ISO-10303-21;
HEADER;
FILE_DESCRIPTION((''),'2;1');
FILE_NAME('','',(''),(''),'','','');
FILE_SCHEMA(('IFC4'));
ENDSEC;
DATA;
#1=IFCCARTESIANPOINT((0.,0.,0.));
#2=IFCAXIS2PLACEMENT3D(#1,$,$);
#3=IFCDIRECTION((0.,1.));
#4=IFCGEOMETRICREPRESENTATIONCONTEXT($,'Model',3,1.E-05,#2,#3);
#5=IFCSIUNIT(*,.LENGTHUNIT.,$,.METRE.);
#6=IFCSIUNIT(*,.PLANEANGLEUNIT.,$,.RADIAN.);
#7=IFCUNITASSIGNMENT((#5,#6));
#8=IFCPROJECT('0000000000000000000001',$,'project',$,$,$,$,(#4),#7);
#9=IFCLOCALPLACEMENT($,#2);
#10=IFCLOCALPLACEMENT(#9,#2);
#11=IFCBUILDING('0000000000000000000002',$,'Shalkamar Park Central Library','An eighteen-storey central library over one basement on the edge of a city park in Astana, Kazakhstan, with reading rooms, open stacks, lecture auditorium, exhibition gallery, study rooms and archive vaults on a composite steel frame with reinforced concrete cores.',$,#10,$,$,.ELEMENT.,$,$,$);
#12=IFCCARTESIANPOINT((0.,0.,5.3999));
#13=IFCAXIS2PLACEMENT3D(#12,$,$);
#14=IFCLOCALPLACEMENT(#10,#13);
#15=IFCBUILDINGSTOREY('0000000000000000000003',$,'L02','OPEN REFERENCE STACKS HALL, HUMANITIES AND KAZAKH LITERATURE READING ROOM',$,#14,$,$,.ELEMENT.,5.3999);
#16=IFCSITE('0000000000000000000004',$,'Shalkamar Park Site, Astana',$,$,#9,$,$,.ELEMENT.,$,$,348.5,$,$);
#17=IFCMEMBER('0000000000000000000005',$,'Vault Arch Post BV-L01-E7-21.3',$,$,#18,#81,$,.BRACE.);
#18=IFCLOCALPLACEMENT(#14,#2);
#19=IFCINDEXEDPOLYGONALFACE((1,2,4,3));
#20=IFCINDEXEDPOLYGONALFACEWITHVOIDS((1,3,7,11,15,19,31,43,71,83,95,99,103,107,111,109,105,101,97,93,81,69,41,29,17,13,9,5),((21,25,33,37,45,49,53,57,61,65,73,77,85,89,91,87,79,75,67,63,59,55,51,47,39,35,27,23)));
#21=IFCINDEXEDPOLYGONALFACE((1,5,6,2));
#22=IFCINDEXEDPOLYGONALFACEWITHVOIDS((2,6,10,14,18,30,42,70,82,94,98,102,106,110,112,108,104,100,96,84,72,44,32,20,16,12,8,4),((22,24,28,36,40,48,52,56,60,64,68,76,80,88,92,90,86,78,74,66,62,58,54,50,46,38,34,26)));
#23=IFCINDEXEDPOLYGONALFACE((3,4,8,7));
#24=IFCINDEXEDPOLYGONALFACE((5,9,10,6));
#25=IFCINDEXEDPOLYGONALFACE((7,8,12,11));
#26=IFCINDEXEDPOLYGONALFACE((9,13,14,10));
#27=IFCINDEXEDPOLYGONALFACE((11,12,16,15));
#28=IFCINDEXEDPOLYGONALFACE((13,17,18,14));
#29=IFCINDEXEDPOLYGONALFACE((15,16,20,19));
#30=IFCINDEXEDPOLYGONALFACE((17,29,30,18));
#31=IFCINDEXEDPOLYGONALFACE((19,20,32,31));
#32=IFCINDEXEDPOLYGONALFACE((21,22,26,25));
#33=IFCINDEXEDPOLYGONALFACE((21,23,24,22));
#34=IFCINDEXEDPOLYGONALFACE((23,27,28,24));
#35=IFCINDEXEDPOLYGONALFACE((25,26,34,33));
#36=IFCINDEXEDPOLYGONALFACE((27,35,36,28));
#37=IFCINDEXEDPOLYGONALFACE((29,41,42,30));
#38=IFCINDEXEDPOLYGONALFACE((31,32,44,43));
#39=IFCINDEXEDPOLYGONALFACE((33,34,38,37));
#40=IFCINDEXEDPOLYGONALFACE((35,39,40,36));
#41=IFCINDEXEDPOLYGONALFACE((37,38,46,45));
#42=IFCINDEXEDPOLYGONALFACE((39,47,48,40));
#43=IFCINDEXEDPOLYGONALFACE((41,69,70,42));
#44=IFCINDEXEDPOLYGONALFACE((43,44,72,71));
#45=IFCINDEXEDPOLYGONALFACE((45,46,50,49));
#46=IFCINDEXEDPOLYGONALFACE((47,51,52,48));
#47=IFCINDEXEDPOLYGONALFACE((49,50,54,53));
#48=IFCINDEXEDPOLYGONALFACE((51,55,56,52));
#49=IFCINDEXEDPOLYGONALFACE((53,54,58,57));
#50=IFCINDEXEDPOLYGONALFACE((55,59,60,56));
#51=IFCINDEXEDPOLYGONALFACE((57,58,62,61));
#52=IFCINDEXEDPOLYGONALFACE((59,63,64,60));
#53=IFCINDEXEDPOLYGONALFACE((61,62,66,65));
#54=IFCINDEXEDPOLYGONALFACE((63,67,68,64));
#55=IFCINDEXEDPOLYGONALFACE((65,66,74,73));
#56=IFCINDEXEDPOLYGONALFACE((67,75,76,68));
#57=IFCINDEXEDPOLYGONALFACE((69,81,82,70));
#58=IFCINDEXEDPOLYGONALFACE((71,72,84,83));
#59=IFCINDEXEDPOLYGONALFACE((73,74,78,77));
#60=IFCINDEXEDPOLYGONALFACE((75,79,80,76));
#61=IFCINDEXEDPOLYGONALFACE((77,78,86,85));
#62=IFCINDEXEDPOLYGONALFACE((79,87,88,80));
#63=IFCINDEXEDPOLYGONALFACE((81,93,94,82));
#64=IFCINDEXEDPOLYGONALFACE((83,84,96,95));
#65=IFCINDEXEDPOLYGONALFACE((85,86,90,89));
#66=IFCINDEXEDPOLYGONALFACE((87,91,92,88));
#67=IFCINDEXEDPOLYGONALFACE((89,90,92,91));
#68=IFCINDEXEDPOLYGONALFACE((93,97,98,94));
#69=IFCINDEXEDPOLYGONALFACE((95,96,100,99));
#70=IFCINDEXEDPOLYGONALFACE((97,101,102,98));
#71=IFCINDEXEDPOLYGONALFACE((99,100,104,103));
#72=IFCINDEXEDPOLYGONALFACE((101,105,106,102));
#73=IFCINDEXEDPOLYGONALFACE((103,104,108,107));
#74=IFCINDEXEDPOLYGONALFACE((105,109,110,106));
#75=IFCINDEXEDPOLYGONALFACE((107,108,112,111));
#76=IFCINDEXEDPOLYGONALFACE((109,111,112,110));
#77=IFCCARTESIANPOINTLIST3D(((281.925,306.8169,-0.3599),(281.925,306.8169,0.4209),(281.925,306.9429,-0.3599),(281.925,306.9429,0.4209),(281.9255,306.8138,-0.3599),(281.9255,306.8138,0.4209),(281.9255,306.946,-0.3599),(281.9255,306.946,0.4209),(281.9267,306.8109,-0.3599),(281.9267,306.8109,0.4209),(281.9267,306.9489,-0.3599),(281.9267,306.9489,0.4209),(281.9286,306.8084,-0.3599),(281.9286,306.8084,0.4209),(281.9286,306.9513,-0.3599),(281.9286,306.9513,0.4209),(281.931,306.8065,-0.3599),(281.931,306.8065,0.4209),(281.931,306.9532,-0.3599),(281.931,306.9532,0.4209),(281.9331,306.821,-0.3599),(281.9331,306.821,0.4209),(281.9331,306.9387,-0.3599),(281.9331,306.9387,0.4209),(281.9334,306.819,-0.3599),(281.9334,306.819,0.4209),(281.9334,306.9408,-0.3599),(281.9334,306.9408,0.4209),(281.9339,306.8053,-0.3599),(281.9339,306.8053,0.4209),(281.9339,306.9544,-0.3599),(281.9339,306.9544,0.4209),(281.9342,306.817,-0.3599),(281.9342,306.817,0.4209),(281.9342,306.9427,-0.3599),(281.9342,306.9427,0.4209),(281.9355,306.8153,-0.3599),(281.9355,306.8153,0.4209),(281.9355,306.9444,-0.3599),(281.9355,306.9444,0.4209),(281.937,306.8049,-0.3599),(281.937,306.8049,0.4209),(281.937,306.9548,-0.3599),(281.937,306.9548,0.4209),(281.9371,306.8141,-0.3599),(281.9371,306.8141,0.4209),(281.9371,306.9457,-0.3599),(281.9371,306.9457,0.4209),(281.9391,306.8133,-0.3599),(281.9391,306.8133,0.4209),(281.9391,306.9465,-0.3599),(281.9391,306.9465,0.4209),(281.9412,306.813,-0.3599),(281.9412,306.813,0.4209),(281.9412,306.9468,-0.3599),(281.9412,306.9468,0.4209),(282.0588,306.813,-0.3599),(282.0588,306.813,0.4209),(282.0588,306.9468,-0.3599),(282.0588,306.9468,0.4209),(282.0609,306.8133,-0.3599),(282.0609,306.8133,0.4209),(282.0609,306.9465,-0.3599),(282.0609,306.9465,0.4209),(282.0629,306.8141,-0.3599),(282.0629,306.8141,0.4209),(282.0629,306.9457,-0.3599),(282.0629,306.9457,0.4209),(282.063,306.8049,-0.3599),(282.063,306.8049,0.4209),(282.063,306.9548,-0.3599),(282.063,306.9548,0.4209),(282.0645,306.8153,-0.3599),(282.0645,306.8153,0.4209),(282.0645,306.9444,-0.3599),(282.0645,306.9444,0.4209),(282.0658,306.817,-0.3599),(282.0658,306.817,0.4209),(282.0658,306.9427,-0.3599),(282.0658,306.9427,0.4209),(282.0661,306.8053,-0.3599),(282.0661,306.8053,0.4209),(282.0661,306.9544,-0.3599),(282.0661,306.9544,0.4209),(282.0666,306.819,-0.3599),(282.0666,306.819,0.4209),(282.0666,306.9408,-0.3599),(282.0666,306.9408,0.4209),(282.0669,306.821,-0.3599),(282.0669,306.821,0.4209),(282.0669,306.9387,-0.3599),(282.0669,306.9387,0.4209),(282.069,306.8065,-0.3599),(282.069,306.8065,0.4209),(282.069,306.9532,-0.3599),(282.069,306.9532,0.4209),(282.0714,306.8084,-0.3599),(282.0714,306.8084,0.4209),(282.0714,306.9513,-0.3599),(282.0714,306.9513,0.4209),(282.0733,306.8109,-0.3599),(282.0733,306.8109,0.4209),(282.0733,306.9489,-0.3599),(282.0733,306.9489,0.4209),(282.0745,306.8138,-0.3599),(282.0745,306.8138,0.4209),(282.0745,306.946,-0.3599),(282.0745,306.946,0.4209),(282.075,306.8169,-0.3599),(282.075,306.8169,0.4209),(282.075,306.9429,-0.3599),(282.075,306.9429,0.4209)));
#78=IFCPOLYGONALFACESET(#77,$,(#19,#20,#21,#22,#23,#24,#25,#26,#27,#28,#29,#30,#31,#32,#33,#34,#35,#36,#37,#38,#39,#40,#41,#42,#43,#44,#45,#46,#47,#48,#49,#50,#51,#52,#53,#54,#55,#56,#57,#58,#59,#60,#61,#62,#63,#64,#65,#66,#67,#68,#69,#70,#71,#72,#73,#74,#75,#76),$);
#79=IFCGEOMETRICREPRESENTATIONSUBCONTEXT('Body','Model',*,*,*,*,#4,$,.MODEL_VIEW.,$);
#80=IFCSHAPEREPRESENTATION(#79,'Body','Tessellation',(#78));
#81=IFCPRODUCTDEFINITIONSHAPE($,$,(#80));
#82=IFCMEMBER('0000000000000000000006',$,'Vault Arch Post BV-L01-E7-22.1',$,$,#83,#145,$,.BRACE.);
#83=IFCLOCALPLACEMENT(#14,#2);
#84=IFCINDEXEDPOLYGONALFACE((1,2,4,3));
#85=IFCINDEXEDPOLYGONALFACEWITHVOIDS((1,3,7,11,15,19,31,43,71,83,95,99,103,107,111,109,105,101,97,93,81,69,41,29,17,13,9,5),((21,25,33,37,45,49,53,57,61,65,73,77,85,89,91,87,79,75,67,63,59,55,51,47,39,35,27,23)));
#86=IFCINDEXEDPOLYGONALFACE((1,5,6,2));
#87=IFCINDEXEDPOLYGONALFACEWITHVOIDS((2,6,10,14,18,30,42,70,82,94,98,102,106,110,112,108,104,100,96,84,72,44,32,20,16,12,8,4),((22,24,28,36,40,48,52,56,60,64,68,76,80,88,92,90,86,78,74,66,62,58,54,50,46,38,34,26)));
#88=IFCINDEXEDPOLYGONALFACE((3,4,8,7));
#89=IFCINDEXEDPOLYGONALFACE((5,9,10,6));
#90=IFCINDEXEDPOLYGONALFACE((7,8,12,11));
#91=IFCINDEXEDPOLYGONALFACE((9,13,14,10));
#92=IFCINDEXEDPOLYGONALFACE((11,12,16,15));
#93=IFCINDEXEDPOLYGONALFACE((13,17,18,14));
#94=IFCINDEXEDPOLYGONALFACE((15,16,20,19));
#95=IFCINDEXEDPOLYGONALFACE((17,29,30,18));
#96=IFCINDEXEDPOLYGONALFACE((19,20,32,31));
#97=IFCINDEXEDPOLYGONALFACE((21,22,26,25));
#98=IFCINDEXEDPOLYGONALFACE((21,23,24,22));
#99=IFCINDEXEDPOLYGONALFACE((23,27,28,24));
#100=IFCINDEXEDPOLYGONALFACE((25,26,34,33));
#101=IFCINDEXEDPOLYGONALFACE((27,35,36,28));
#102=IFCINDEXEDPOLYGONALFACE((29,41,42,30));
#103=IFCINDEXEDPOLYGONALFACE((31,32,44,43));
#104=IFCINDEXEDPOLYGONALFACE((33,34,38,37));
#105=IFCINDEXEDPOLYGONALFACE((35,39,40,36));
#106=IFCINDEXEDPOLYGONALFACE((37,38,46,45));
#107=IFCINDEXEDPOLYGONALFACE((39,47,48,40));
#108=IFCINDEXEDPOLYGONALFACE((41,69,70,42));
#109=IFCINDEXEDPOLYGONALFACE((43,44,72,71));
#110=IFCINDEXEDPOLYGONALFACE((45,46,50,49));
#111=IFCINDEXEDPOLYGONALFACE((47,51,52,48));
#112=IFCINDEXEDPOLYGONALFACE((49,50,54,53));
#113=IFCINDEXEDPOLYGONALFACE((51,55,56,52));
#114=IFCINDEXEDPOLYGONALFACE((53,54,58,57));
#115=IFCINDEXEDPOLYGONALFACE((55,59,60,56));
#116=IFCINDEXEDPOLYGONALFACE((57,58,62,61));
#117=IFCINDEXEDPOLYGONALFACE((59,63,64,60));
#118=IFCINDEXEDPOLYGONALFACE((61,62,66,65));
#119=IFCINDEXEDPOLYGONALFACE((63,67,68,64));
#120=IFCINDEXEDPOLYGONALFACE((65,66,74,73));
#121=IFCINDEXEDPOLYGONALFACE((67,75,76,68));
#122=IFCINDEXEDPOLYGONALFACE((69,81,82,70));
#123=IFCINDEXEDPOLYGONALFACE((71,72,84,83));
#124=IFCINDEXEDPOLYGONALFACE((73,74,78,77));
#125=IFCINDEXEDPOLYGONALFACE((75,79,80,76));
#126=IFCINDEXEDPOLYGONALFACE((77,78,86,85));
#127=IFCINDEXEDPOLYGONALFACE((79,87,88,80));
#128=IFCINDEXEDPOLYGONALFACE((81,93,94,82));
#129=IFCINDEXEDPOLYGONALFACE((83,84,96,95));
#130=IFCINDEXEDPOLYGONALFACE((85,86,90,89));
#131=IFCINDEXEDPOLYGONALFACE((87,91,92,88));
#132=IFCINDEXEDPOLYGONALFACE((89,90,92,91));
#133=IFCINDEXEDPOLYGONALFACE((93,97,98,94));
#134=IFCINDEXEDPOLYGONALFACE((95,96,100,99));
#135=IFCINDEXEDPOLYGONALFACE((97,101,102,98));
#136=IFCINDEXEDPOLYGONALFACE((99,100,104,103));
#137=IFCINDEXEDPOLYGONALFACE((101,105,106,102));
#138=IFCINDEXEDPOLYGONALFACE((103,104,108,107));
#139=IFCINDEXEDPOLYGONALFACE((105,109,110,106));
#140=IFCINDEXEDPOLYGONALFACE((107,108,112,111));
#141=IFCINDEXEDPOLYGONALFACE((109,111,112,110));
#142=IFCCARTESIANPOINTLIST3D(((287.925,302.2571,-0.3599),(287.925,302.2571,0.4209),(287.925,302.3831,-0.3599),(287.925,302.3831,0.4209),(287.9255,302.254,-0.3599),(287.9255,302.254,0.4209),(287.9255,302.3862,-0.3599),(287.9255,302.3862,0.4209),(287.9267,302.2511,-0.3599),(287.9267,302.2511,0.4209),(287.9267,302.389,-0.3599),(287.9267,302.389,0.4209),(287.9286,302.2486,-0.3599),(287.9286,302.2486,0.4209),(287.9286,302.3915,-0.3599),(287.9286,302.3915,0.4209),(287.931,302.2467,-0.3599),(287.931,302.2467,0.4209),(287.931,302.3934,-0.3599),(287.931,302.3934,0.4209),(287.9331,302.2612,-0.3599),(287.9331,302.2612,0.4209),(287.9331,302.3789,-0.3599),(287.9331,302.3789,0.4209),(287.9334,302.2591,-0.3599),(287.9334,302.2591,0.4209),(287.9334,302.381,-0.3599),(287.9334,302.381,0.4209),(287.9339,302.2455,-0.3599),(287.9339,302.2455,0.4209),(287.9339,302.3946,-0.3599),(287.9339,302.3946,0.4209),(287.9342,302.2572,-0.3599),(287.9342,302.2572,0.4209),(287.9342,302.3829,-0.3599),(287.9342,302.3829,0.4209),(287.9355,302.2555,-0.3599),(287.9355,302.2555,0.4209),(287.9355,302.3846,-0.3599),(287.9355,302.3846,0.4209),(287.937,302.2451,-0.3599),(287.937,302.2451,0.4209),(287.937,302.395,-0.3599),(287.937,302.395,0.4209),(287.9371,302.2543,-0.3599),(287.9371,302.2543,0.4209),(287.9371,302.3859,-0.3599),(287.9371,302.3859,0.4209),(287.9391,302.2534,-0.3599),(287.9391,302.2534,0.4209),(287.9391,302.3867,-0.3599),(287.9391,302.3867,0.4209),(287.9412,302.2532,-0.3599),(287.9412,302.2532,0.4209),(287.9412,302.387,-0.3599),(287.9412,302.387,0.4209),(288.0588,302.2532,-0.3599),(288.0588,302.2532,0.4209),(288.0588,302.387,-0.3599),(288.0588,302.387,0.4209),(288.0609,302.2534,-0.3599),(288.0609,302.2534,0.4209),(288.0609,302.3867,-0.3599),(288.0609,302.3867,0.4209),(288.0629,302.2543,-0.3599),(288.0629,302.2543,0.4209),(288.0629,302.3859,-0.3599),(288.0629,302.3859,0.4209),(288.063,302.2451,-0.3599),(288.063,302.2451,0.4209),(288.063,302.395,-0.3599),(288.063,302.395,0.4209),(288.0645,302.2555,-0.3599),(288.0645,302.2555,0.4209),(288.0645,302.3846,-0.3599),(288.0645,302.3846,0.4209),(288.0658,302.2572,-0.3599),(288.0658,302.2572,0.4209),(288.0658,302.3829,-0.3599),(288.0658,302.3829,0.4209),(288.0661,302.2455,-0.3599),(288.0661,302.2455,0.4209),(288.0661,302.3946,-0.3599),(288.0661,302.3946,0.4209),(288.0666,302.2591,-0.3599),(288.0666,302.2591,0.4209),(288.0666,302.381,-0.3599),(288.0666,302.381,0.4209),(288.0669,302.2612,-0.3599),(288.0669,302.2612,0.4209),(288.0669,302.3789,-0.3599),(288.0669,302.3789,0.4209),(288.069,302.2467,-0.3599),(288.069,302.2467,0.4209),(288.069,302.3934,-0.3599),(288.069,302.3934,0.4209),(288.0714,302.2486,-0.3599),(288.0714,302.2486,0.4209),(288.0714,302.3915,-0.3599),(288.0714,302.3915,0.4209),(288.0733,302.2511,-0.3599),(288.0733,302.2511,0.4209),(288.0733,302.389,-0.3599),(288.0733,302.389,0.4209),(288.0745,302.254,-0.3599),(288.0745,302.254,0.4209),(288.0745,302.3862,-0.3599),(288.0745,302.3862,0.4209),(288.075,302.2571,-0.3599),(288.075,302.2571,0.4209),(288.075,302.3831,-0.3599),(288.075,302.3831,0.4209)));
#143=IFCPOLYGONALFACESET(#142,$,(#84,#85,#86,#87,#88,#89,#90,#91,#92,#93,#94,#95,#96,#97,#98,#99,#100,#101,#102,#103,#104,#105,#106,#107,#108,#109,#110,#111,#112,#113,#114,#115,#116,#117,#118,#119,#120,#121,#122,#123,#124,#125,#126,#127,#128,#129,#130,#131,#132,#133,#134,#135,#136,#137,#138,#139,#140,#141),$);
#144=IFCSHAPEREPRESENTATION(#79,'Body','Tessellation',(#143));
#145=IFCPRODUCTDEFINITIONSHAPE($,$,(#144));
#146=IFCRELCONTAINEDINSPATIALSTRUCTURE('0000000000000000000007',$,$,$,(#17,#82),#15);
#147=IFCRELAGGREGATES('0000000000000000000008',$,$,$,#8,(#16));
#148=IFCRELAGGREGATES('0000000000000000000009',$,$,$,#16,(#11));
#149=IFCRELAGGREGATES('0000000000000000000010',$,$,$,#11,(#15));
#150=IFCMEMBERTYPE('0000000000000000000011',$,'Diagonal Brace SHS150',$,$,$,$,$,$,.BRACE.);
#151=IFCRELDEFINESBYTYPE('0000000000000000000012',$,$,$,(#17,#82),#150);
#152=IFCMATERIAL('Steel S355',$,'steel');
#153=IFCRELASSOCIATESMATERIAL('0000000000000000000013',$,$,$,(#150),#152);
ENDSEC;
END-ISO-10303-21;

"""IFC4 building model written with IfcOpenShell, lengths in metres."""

from ifc_helpers import new_model, si_unit, direction, frame, origin, origin_2d, place, context, subcontext, project, spatial, hollow_rectangle, extrude, material, material_profile, profile_set, type_object, element, save


model = new_model("IFC4")

# Units and contexts
model_context = context("Model", 3, precision=1e-05, world=origin(), true_north=direction((0.0, 1.0)))
body_context = subcontext(model_context, "Body", "Model", "MODEL_VIEW")
ifc_project = project(units=[si_unit("LENGTHUNIT", "METRE"), si_unit("PLANEANGLEUNIT", "RADIAN")], contexts=[model_context])

# Site, building, storey
site_placement = place(None, origin())
site = spatial("IfcSite", under=ifc_project, at=site_placement, Name="Shalkamar Park Site, Astana", CompositionType="ELEMENT", RefElevation=348.5)
building_placement = place(site_placement, origin())
building = spatial("IfcBuilding", under=site, at=building_placement, Name="Shalkamar Park Central Library", Description="An eighteen-storey central library over one basement on the edge of a city park in Astana, Kazakhstan, with reading rooms, open stacks, lecture auditorium, exhibition gallery, study rooms and archive vaults on a composite steel frame with reinforced concrete cores.", CompositionType="ELEMENT")
storey_placement = place(building_placement, frame((0.0, 0.0, 5.3999)))
storey = spatial("IfcBuildingStorey", under=building, at=storey_placement, Name="L02", Description="OPEN REFERENCE STACKS HALL, HUMANITIES AND KAZAKH LITERATURE READING ROOM", CompositionType="ELEMENT", Elevation=5.3999)

# Shared definitions
ifc_material_1 = material(Name="Steel S355", Category="steel")

# Members
ifc_material_profile_1 = material_profile(ifc_material_1, hollow_rectangle(XDim=0.1499, YDim=0.1499, WallThickness=0.0081, InnerFilletRadius=0.0081, OuterFilletRadius=0.012, at=origin_2d()), Name="SHS 150x150x8")
ifc_profile_set_1 = profile_set([ifc_material_profile_1], Name="Steel S355")
member_type_1 = type_object("IfcMemberType", Name="Diagonal Brace SHS150", PredefinedType="BRACE", material=ifc_profile_set_1)
for number, where, z_axis, x_axis, name in (
    (1, (282.0, 306.8799, -0.3599), (0.0, 0.0, 1.0), (1.0, 0.0, 0.0), "Vault Arch Post BV-L01-E7-21.3"),
    (2, (288.0, 302.3201, -0.3599), (0.0, 0.0, 1.0), (1.0, 0.0, 0.0), "Vault Arch Post BV-L01-E7-22.1"),
):
    element("IfcMember", number, at=place(storey_placement, frame(where, z_axis=z_axis, x_axis=x_axis)), inside=storey, type_object=member_type_1, Name=name, PredefinedType="BRACE", context=body_context, shape_type="SweptSolid", body=[
        extrude(hollow_rectangle(XDim=0.1499, YDim=0.1499, WallThickness=0.0081, InnerFilletRadius=0.0081, OuterFilletRadius=0.012, at=origin_2d()), origin(), (0.0, 0.0, 1.0), 0.7808),
    ])

save(model, "model.ifc")
